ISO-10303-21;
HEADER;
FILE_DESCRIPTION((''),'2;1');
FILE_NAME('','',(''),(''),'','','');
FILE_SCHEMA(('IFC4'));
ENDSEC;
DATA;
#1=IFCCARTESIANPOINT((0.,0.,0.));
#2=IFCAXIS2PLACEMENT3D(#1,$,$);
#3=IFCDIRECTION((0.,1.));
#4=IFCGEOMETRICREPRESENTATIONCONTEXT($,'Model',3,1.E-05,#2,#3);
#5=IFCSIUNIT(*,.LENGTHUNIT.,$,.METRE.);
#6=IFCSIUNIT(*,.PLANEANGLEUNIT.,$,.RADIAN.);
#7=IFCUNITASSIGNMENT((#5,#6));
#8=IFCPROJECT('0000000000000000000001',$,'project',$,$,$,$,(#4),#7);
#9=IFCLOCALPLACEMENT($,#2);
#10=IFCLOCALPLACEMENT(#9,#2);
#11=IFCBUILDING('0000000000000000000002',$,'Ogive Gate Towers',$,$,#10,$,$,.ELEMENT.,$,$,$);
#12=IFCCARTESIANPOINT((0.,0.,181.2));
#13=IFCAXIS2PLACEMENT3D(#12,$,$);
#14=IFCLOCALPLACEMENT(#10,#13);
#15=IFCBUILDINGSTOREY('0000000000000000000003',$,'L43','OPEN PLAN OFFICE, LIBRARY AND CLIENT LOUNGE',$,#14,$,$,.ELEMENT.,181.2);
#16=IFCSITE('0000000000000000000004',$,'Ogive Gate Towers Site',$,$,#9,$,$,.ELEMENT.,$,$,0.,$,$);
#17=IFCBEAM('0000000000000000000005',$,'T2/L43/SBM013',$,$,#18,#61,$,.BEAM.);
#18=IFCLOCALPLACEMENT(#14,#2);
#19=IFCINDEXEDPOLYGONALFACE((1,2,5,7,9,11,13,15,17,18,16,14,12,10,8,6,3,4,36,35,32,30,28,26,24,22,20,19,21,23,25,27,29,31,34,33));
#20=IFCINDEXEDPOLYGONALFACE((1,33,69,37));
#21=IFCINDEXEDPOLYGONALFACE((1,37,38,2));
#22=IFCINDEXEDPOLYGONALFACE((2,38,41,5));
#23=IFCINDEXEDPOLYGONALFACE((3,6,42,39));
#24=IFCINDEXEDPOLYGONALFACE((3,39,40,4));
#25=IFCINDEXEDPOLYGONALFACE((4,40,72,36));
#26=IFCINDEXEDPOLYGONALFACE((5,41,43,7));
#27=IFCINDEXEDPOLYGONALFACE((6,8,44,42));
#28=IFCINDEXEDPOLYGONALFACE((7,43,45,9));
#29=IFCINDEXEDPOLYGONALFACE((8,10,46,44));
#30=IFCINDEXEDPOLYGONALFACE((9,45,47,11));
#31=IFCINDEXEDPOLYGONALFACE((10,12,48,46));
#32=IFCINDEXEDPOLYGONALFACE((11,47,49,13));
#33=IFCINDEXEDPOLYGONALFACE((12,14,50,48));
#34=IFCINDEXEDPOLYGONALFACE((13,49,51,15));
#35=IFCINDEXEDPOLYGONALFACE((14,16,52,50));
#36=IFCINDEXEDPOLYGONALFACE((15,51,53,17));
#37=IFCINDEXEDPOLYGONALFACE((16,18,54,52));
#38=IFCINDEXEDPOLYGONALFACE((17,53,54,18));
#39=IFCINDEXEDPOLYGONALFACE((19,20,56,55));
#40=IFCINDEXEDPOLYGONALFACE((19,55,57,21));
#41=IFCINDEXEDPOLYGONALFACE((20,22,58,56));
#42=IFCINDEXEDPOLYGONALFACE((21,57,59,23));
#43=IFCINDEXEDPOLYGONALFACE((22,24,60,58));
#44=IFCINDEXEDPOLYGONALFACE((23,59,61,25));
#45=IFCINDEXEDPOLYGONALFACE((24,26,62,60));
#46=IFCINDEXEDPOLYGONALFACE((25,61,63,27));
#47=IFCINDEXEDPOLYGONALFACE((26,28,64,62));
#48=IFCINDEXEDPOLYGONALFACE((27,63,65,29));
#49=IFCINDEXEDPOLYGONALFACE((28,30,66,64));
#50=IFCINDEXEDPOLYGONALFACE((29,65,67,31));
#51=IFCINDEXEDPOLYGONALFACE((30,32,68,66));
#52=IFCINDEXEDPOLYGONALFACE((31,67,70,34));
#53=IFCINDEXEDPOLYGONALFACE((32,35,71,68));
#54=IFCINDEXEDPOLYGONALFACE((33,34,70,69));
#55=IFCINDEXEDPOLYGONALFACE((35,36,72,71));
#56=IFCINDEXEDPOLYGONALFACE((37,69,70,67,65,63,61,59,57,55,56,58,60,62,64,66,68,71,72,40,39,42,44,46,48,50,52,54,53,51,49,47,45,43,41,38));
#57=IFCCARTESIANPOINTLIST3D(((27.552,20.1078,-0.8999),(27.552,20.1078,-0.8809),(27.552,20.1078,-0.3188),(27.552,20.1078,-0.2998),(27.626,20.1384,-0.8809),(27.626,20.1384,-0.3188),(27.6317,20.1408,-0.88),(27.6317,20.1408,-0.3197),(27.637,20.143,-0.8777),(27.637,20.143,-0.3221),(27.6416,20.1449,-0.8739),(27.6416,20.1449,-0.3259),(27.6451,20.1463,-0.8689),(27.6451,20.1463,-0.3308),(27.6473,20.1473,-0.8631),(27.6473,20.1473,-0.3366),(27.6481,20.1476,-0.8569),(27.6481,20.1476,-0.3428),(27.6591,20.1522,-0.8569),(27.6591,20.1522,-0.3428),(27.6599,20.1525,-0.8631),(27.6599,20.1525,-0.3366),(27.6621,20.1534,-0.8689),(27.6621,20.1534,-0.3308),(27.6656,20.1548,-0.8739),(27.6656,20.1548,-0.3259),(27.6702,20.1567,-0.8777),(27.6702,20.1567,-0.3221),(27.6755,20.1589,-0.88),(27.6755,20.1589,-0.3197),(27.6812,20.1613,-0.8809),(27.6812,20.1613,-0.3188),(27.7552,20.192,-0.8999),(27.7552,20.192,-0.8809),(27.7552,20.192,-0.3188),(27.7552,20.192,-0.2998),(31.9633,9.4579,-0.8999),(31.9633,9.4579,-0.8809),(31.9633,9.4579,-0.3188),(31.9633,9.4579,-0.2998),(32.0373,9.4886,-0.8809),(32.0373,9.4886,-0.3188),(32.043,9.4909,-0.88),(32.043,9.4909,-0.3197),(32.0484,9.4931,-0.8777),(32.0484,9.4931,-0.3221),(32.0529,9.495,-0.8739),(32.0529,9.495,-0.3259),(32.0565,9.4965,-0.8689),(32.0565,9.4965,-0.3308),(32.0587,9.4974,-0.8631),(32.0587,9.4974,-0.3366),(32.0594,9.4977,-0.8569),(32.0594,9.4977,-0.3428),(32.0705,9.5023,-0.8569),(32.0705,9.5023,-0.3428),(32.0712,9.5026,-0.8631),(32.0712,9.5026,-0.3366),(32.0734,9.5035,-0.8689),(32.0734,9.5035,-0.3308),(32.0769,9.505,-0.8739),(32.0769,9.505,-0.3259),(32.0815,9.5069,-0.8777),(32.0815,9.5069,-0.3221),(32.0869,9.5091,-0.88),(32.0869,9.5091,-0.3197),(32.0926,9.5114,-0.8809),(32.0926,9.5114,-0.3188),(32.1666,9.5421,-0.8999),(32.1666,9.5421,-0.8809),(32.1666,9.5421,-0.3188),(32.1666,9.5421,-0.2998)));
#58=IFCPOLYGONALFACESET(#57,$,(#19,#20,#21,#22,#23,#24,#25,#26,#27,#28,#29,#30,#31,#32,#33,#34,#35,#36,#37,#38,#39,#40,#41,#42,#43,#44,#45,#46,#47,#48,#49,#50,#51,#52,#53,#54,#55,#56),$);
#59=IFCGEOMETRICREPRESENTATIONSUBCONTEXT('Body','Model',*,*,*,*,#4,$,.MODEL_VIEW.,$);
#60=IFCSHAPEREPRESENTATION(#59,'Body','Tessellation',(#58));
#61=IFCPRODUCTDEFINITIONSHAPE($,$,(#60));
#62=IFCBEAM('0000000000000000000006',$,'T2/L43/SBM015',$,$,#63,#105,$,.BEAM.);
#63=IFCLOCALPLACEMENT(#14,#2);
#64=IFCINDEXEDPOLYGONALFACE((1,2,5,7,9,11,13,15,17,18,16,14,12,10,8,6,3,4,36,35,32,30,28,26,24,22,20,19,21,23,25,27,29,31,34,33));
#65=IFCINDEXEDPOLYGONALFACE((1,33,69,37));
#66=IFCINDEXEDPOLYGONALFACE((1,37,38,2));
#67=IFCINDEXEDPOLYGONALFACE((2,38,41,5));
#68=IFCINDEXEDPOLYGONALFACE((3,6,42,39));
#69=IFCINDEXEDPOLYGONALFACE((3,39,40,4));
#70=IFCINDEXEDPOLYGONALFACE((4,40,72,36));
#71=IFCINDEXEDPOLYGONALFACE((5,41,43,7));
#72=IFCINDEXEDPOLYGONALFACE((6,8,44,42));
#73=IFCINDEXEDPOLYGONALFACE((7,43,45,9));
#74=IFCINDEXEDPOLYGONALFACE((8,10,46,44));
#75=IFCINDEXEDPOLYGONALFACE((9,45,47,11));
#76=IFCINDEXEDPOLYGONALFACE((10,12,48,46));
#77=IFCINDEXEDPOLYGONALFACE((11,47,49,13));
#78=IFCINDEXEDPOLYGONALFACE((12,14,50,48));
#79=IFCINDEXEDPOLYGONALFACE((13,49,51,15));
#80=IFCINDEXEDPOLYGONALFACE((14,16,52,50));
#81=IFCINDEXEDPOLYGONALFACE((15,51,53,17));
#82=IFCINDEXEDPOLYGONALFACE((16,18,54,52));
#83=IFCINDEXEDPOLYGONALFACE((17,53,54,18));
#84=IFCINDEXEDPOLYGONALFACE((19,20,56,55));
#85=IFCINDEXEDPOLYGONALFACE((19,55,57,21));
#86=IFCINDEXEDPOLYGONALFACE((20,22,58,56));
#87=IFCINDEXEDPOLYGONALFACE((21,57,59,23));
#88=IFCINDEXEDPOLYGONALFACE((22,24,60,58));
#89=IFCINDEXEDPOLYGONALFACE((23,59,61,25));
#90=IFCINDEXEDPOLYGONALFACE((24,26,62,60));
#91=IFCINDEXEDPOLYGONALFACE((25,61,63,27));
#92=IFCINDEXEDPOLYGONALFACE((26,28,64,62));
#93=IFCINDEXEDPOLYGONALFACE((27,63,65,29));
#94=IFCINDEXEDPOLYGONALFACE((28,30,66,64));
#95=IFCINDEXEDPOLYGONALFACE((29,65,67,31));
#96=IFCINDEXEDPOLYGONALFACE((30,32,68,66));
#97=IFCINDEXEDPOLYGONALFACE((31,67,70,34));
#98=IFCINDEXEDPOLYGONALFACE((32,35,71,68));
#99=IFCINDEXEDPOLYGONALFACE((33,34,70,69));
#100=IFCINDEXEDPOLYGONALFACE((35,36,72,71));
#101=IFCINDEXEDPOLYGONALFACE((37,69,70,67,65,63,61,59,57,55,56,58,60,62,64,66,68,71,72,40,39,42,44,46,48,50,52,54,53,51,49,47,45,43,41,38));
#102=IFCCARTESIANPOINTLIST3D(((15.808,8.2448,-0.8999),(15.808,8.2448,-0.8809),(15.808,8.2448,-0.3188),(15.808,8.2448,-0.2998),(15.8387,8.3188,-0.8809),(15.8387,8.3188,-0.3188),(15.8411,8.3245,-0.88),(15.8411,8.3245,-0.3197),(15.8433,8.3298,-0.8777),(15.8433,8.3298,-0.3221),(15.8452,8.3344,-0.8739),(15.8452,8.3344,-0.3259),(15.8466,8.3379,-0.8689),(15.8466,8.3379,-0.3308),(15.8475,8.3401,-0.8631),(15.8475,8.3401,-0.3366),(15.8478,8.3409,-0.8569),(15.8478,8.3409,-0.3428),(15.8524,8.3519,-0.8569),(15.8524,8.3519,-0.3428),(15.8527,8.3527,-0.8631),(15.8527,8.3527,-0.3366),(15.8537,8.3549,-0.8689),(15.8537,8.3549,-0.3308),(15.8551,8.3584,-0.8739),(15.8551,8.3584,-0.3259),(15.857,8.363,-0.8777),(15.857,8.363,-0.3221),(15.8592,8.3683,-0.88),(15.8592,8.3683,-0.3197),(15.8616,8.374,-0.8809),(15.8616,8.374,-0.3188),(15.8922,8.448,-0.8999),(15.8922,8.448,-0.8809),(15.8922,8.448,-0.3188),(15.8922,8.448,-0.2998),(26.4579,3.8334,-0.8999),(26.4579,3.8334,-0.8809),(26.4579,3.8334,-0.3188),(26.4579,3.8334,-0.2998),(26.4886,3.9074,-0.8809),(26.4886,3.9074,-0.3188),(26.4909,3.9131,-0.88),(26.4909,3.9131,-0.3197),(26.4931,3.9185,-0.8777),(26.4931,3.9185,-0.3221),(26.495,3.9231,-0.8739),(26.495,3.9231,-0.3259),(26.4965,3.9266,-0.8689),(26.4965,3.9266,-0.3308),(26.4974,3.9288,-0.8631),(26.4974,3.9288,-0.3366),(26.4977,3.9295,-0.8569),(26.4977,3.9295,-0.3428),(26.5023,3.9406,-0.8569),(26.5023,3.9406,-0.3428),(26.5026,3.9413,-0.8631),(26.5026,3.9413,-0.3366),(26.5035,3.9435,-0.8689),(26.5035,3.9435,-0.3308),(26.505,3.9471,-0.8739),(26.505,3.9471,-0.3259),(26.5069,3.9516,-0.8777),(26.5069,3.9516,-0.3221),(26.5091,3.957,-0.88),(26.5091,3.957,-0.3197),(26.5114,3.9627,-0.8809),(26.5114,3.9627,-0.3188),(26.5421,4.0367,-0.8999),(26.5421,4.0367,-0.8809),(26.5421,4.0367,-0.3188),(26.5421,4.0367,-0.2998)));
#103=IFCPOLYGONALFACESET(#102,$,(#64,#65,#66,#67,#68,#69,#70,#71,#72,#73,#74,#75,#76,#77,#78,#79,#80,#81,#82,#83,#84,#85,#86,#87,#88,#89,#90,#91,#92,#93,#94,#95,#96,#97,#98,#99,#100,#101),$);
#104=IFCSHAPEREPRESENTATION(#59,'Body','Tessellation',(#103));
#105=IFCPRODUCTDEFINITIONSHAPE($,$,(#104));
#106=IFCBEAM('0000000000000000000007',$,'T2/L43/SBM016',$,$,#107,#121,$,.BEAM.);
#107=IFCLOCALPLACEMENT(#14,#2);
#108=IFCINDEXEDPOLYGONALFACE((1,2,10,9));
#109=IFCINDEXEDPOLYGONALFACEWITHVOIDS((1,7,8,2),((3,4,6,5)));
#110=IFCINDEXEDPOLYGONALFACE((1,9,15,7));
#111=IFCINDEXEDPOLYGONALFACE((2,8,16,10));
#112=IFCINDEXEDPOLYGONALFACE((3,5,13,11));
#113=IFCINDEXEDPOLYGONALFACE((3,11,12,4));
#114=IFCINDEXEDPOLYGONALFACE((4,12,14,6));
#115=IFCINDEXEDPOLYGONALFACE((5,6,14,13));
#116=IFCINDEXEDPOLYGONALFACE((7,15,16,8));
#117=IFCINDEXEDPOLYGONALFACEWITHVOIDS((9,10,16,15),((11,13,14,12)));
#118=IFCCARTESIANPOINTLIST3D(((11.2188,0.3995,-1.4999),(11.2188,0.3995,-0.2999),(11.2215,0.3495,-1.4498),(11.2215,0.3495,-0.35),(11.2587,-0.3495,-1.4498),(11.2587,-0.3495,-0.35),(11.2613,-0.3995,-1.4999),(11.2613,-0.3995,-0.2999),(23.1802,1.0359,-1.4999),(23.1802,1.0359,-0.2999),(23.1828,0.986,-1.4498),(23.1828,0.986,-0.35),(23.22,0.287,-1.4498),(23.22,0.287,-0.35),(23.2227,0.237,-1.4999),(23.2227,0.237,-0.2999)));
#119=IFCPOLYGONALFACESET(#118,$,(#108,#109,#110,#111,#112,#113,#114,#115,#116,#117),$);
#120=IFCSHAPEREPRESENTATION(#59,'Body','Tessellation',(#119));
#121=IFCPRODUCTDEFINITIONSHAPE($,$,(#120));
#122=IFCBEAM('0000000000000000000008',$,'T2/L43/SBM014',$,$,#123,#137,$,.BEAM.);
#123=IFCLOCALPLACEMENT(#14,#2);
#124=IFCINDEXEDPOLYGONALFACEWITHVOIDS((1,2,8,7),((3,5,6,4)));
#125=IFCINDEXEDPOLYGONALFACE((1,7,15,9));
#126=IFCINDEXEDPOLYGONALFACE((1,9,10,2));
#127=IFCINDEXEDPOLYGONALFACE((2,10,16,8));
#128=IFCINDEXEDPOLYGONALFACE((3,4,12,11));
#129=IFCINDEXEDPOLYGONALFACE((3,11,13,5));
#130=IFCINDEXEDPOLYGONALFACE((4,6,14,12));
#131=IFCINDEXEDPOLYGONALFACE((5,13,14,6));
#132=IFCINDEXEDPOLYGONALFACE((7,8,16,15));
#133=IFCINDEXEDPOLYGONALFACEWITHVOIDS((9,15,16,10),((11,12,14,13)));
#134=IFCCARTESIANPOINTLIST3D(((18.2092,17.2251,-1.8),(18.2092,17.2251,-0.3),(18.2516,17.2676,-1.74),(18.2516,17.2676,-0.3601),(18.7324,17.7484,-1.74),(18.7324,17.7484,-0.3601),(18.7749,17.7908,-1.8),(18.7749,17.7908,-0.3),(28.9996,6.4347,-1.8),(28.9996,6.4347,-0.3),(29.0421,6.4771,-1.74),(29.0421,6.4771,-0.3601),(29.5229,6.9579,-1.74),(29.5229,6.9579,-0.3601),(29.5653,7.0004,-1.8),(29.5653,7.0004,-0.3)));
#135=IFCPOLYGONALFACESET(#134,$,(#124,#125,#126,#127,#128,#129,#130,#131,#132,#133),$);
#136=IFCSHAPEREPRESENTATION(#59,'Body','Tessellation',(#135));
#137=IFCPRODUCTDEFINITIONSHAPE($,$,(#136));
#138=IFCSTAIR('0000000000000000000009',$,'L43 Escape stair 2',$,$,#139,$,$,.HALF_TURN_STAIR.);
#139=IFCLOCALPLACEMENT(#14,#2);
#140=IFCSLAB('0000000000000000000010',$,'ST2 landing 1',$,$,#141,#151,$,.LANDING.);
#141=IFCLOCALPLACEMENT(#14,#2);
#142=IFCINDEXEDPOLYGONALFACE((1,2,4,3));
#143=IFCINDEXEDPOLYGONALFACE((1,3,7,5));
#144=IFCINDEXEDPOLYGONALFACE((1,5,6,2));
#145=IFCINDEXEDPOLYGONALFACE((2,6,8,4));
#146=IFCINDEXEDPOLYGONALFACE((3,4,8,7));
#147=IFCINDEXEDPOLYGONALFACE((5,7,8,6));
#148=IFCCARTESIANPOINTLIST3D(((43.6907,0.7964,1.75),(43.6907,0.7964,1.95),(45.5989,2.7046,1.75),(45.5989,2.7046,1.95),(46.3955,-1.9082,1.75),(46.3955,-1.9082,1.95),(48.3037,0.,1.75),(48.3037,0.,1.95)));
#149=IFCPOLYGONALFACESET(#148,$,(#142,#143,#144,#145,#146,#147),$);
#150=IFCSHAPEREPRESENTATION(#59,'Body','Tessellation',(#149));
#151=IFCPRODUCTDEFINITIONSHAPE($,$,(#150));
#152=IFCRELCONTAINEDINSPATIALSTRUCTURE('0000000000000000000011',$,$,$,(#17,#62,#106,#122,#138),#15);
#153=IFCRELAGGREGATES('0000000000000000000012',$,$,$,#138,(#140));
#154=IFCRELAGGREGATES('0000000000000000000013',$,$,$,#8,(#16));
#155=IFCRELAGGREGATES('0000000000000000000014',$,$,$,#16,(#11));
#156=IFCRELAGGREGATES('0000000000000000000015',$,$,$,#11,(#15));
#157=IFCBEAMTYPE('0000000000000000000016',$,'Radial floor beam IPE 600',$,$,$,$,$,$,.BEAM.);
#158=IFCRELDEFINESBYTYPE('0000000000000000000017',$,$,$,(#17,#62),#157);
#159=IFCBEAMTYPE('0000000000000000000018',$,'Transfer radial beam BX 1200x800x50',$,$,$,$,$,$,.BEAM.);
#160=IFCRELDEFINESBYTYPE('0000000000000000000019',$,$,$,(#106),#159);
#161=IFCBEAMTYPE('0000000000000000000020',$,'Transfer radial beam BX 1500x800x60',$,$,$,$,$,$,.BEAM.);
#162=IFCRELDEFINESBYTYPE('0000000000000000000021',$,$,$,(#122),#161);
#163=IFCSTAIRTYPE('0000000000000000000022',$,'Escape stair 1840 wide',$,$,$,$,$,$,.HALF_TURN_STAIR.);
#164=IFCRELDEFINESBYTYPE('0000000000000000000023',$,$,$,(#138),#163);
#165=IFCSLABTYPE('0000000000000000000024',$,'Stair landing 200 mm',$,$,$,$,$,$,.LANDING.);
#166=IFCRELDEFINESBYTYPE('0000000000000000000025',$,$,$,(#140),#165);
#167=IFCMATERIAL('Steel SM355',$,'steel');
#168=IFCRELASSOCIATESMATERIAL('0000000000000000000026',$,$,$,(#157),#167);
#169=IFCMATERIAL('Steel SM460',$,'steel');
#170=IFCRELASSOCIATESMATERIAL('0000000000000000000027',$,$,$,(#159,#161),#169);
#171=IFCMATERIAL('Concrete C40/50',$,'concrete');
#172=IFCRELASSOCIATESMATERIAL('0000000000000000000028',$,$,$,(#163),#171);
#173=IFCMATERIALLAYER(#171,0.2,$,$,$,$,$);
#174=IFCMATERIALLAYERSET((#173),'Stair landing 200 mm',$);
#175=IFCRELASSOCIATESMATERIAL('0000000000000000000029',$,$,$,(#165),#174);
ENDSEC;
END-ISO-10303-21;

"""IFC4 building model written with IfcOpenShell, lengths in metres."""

from ifc_helpers import new_model, si_unit, direction, frame, origin, origin_2d, place, context, subcontext, project, spatial, polyline, hollow_rectangle, i_section, outline, extrude, material, layer, layer_set, material_profile, profile_set, type_object, element, aggregate, save


model = new_model("IFC4")

# Units and contexts
model_context = context("Model", 3, precision=1e-05, world=origin(), true_north=direction((0.0, 1.0)))
body_context = subcontext(model_context, "Body", "Model", "MODEL_VIEW")
ifc_project = project(units=[si_unit("LENGTHUNIT", "METRE"), si_unit("PLANEANGLEUNIT", "RADIAN")], contexts=[model_context])

# Site, building, storey
site_placement = place(None, origin())
site = spatial("IfcSite", under=ifc_project, at=site_placement, Name="Ogive Gate Towers Site", CompositionType="ELEMENT", RefElevation=0.0)
building_placement = place(site_placement, origin())
building = spatial("IfcBuilding", under=site, at=building_placement, Name="Ogive Gate Towers", CompositionType="ELEMENT")
storey_placement = place(building_placement, frame((0.0, 0.0, 181.2)))
storey = spatial("IfcBuildingStorey", under=building, at=storey_placement, Name="L43", Description="OPEN PLAN OFFICE, LIBRARY AND CLIENT LOUNGE", CompositionType="ELEMENT", Elevation=181.2)

# Shared definitions
ifc_material_1 = material(Name="Steel SM460", Category="steel")

# Beams
ifc_material_2 = material(Name="Concrete C40/50", Category="concrete")
ifc_material_3 = material(Name="Steel SM355", Category="steel")
ifc_material_profile_1 = material_profile(ifc_material_3, i_section(OverallWidth=0.22, OverallDepth=0.6001, WebThickness=0.012, FlangeThickness=0.019, FilletRadius=0.0239, at=origin_2d()), Name="IPE 600")
ifc_profile_set_1 = profile_set([ifc_material_profile_1], Name="Steel SM355")
beam_type_1 = type_object("IfcBeamType", Name="Radial floor beam IPE 600", PredefinedType="BEAM", material=ifc_profile_set_1)
for number, where, z_axis, x_axis, name in (
    (1, (32.0649, 9.5, -0.5999), (-0.382687, 0.923878, 0.0), (-0.923878, -0.382687, 0.0), "T2/L43/SBM013"),
    (2, (26.5, 3.9351, -0.5999), (-0.923878, 0.382687, 0.0), (-0.382687, -0.923878, 0.0), "T2/L43/SBM015"),
):
    element("IfcBeam", number, at=place(storey_placement, frame(where, z_axis=z_axis, x_axis=x_axis)), inside=storey, type_object=beam_type_1, Name=name, PredefinedType="BEAM", context=body_context, shape_type="SweptSolid", body=[
        extrude(i_section(OverallWidth=0.22, OverallDepth=0.6001, WebThickness=0.012, FlangeThickness=0.019, FilletRadius=0.0239, at=origin_2d()), origin(), (0.0, 0.0, 1.0), 11.5273),
    ])
ifc_material_profile_2 = material_profile(ifc_material_1, hollow_rectangle(XDim=0.8, YDim=1.2, WallThickness=0.05, at=origin_2d()), Name="BX 1200x800x50")
ifc_profile_set_2 = profile_set([ifc_material_profile_2], Name="Steel SM460")
beam_type_2 = type_object("IfcBeamType", Name="Transfer radial beam BX 1200x800x50", PredefinedType="BEAM", material=ifc_profile_set_2)
beam_1_placement = place(storey_placement, frame((23.2014, 0.6365, -0.8999), z_axis=(-0.998587, -0.053135, 0.0), x_axis=(0.053135, -0.998587, 0.0)))
element("IfcBeam", 3, at=beam_1_placement, inside=storey, type_object=beam_type_2, Name="T2/L43/SBM016", PredefinedType="BEAM", context=body_context, shape_type="SweptSolid", body=[
    extrude(hollow_rectangle(XDim=0.8, YDim=1.2, WallThickness=0.05, at=origin_2d()), origin(), (0.0, 0.0, 1.0), 11.9783),
])
ifc_material_profile_3 = material_profile(ifc_material_1, hollow_rectangle(XDim=0.8, YDim=1.5, WallThickness=0.0601, at=origin_2d()), Name="BX 1500x800x60")
ifc_profile_set_3 = profile_set([ifc_material_profile_3], Name="Steel SM460")
beam_type_3 = type_object("IfcBeamType", Name="Transfer radial beam BX 1500x800x60", PredefinedType="BEAM", material=ifc_profile_set_3)
beam_2_placement = place(storey_placement, frame((29.2825, 6.7175, -1.05), z_axis=(-0.707107, 0.707107, 0.0), x_axis=(-0.707107, -0.707107, 0.0)))
element("IfcBeam", 4, at=beam_2_placement, inside=storey, type_object=beam_type_3, Name="T2/L43/SBM014", PredefinedType="BEAM", context=body_context, shape_type="SweptSolid", body=[
    extrude(hollow_rectangle(XDim=0.8, YDim=1.5, WallThickness=0.0601, at=origin_2d()), origin(), (0.0, 0.0, 1.0), 15.26),
])

# Stair, slab
stair_type = type_object("IfcStairType", Name="Escape stair 1840 wide", PredefinedType="HALF_TURN_STAIR", material=ifc_material_2)
stair_1_placement = place(storey_placement, origin())
stair_1 = element("IfcStair", 5, at=stair_1_placement, inside=storey, type_object=stair_type, Name="L43 Escape stair 2", PredefinedType="HALF_TURN_STAIR")
ifc_layer_1 = layer(ifc_material_2, 0.2)
ifc_layer_set_1 = layer_set([ifc_layer_1], Name="Stair landing 200 mm")
slab_type = type_object("IfcSlabType", Name="Stair landing 200 mm", PredefinedType="LANDING", material=ifc_layer_set_1)
slab_placement = place(storey_placement, frame((0.0, 0.0, 1.75)))
slab = element("IfcSlab", 6, at=slab_placement, type_object=slab_type, Name="ST2 landing 1", PredefinedType="LANDING", context=body_context, shape_type="SweptSolid", body=[
    extrude(outline(polyline([(46.3955, -1.9082), (48.3037, 0.0), (45.5989, 2.7046), (43.6907, 0.7964), (46.3955, -1.9082)])), origin(), (0.0, 0.0, 1.0), 0.2),
])
aggregate(stair_1, [slab])

save(model, "model.ifc")
